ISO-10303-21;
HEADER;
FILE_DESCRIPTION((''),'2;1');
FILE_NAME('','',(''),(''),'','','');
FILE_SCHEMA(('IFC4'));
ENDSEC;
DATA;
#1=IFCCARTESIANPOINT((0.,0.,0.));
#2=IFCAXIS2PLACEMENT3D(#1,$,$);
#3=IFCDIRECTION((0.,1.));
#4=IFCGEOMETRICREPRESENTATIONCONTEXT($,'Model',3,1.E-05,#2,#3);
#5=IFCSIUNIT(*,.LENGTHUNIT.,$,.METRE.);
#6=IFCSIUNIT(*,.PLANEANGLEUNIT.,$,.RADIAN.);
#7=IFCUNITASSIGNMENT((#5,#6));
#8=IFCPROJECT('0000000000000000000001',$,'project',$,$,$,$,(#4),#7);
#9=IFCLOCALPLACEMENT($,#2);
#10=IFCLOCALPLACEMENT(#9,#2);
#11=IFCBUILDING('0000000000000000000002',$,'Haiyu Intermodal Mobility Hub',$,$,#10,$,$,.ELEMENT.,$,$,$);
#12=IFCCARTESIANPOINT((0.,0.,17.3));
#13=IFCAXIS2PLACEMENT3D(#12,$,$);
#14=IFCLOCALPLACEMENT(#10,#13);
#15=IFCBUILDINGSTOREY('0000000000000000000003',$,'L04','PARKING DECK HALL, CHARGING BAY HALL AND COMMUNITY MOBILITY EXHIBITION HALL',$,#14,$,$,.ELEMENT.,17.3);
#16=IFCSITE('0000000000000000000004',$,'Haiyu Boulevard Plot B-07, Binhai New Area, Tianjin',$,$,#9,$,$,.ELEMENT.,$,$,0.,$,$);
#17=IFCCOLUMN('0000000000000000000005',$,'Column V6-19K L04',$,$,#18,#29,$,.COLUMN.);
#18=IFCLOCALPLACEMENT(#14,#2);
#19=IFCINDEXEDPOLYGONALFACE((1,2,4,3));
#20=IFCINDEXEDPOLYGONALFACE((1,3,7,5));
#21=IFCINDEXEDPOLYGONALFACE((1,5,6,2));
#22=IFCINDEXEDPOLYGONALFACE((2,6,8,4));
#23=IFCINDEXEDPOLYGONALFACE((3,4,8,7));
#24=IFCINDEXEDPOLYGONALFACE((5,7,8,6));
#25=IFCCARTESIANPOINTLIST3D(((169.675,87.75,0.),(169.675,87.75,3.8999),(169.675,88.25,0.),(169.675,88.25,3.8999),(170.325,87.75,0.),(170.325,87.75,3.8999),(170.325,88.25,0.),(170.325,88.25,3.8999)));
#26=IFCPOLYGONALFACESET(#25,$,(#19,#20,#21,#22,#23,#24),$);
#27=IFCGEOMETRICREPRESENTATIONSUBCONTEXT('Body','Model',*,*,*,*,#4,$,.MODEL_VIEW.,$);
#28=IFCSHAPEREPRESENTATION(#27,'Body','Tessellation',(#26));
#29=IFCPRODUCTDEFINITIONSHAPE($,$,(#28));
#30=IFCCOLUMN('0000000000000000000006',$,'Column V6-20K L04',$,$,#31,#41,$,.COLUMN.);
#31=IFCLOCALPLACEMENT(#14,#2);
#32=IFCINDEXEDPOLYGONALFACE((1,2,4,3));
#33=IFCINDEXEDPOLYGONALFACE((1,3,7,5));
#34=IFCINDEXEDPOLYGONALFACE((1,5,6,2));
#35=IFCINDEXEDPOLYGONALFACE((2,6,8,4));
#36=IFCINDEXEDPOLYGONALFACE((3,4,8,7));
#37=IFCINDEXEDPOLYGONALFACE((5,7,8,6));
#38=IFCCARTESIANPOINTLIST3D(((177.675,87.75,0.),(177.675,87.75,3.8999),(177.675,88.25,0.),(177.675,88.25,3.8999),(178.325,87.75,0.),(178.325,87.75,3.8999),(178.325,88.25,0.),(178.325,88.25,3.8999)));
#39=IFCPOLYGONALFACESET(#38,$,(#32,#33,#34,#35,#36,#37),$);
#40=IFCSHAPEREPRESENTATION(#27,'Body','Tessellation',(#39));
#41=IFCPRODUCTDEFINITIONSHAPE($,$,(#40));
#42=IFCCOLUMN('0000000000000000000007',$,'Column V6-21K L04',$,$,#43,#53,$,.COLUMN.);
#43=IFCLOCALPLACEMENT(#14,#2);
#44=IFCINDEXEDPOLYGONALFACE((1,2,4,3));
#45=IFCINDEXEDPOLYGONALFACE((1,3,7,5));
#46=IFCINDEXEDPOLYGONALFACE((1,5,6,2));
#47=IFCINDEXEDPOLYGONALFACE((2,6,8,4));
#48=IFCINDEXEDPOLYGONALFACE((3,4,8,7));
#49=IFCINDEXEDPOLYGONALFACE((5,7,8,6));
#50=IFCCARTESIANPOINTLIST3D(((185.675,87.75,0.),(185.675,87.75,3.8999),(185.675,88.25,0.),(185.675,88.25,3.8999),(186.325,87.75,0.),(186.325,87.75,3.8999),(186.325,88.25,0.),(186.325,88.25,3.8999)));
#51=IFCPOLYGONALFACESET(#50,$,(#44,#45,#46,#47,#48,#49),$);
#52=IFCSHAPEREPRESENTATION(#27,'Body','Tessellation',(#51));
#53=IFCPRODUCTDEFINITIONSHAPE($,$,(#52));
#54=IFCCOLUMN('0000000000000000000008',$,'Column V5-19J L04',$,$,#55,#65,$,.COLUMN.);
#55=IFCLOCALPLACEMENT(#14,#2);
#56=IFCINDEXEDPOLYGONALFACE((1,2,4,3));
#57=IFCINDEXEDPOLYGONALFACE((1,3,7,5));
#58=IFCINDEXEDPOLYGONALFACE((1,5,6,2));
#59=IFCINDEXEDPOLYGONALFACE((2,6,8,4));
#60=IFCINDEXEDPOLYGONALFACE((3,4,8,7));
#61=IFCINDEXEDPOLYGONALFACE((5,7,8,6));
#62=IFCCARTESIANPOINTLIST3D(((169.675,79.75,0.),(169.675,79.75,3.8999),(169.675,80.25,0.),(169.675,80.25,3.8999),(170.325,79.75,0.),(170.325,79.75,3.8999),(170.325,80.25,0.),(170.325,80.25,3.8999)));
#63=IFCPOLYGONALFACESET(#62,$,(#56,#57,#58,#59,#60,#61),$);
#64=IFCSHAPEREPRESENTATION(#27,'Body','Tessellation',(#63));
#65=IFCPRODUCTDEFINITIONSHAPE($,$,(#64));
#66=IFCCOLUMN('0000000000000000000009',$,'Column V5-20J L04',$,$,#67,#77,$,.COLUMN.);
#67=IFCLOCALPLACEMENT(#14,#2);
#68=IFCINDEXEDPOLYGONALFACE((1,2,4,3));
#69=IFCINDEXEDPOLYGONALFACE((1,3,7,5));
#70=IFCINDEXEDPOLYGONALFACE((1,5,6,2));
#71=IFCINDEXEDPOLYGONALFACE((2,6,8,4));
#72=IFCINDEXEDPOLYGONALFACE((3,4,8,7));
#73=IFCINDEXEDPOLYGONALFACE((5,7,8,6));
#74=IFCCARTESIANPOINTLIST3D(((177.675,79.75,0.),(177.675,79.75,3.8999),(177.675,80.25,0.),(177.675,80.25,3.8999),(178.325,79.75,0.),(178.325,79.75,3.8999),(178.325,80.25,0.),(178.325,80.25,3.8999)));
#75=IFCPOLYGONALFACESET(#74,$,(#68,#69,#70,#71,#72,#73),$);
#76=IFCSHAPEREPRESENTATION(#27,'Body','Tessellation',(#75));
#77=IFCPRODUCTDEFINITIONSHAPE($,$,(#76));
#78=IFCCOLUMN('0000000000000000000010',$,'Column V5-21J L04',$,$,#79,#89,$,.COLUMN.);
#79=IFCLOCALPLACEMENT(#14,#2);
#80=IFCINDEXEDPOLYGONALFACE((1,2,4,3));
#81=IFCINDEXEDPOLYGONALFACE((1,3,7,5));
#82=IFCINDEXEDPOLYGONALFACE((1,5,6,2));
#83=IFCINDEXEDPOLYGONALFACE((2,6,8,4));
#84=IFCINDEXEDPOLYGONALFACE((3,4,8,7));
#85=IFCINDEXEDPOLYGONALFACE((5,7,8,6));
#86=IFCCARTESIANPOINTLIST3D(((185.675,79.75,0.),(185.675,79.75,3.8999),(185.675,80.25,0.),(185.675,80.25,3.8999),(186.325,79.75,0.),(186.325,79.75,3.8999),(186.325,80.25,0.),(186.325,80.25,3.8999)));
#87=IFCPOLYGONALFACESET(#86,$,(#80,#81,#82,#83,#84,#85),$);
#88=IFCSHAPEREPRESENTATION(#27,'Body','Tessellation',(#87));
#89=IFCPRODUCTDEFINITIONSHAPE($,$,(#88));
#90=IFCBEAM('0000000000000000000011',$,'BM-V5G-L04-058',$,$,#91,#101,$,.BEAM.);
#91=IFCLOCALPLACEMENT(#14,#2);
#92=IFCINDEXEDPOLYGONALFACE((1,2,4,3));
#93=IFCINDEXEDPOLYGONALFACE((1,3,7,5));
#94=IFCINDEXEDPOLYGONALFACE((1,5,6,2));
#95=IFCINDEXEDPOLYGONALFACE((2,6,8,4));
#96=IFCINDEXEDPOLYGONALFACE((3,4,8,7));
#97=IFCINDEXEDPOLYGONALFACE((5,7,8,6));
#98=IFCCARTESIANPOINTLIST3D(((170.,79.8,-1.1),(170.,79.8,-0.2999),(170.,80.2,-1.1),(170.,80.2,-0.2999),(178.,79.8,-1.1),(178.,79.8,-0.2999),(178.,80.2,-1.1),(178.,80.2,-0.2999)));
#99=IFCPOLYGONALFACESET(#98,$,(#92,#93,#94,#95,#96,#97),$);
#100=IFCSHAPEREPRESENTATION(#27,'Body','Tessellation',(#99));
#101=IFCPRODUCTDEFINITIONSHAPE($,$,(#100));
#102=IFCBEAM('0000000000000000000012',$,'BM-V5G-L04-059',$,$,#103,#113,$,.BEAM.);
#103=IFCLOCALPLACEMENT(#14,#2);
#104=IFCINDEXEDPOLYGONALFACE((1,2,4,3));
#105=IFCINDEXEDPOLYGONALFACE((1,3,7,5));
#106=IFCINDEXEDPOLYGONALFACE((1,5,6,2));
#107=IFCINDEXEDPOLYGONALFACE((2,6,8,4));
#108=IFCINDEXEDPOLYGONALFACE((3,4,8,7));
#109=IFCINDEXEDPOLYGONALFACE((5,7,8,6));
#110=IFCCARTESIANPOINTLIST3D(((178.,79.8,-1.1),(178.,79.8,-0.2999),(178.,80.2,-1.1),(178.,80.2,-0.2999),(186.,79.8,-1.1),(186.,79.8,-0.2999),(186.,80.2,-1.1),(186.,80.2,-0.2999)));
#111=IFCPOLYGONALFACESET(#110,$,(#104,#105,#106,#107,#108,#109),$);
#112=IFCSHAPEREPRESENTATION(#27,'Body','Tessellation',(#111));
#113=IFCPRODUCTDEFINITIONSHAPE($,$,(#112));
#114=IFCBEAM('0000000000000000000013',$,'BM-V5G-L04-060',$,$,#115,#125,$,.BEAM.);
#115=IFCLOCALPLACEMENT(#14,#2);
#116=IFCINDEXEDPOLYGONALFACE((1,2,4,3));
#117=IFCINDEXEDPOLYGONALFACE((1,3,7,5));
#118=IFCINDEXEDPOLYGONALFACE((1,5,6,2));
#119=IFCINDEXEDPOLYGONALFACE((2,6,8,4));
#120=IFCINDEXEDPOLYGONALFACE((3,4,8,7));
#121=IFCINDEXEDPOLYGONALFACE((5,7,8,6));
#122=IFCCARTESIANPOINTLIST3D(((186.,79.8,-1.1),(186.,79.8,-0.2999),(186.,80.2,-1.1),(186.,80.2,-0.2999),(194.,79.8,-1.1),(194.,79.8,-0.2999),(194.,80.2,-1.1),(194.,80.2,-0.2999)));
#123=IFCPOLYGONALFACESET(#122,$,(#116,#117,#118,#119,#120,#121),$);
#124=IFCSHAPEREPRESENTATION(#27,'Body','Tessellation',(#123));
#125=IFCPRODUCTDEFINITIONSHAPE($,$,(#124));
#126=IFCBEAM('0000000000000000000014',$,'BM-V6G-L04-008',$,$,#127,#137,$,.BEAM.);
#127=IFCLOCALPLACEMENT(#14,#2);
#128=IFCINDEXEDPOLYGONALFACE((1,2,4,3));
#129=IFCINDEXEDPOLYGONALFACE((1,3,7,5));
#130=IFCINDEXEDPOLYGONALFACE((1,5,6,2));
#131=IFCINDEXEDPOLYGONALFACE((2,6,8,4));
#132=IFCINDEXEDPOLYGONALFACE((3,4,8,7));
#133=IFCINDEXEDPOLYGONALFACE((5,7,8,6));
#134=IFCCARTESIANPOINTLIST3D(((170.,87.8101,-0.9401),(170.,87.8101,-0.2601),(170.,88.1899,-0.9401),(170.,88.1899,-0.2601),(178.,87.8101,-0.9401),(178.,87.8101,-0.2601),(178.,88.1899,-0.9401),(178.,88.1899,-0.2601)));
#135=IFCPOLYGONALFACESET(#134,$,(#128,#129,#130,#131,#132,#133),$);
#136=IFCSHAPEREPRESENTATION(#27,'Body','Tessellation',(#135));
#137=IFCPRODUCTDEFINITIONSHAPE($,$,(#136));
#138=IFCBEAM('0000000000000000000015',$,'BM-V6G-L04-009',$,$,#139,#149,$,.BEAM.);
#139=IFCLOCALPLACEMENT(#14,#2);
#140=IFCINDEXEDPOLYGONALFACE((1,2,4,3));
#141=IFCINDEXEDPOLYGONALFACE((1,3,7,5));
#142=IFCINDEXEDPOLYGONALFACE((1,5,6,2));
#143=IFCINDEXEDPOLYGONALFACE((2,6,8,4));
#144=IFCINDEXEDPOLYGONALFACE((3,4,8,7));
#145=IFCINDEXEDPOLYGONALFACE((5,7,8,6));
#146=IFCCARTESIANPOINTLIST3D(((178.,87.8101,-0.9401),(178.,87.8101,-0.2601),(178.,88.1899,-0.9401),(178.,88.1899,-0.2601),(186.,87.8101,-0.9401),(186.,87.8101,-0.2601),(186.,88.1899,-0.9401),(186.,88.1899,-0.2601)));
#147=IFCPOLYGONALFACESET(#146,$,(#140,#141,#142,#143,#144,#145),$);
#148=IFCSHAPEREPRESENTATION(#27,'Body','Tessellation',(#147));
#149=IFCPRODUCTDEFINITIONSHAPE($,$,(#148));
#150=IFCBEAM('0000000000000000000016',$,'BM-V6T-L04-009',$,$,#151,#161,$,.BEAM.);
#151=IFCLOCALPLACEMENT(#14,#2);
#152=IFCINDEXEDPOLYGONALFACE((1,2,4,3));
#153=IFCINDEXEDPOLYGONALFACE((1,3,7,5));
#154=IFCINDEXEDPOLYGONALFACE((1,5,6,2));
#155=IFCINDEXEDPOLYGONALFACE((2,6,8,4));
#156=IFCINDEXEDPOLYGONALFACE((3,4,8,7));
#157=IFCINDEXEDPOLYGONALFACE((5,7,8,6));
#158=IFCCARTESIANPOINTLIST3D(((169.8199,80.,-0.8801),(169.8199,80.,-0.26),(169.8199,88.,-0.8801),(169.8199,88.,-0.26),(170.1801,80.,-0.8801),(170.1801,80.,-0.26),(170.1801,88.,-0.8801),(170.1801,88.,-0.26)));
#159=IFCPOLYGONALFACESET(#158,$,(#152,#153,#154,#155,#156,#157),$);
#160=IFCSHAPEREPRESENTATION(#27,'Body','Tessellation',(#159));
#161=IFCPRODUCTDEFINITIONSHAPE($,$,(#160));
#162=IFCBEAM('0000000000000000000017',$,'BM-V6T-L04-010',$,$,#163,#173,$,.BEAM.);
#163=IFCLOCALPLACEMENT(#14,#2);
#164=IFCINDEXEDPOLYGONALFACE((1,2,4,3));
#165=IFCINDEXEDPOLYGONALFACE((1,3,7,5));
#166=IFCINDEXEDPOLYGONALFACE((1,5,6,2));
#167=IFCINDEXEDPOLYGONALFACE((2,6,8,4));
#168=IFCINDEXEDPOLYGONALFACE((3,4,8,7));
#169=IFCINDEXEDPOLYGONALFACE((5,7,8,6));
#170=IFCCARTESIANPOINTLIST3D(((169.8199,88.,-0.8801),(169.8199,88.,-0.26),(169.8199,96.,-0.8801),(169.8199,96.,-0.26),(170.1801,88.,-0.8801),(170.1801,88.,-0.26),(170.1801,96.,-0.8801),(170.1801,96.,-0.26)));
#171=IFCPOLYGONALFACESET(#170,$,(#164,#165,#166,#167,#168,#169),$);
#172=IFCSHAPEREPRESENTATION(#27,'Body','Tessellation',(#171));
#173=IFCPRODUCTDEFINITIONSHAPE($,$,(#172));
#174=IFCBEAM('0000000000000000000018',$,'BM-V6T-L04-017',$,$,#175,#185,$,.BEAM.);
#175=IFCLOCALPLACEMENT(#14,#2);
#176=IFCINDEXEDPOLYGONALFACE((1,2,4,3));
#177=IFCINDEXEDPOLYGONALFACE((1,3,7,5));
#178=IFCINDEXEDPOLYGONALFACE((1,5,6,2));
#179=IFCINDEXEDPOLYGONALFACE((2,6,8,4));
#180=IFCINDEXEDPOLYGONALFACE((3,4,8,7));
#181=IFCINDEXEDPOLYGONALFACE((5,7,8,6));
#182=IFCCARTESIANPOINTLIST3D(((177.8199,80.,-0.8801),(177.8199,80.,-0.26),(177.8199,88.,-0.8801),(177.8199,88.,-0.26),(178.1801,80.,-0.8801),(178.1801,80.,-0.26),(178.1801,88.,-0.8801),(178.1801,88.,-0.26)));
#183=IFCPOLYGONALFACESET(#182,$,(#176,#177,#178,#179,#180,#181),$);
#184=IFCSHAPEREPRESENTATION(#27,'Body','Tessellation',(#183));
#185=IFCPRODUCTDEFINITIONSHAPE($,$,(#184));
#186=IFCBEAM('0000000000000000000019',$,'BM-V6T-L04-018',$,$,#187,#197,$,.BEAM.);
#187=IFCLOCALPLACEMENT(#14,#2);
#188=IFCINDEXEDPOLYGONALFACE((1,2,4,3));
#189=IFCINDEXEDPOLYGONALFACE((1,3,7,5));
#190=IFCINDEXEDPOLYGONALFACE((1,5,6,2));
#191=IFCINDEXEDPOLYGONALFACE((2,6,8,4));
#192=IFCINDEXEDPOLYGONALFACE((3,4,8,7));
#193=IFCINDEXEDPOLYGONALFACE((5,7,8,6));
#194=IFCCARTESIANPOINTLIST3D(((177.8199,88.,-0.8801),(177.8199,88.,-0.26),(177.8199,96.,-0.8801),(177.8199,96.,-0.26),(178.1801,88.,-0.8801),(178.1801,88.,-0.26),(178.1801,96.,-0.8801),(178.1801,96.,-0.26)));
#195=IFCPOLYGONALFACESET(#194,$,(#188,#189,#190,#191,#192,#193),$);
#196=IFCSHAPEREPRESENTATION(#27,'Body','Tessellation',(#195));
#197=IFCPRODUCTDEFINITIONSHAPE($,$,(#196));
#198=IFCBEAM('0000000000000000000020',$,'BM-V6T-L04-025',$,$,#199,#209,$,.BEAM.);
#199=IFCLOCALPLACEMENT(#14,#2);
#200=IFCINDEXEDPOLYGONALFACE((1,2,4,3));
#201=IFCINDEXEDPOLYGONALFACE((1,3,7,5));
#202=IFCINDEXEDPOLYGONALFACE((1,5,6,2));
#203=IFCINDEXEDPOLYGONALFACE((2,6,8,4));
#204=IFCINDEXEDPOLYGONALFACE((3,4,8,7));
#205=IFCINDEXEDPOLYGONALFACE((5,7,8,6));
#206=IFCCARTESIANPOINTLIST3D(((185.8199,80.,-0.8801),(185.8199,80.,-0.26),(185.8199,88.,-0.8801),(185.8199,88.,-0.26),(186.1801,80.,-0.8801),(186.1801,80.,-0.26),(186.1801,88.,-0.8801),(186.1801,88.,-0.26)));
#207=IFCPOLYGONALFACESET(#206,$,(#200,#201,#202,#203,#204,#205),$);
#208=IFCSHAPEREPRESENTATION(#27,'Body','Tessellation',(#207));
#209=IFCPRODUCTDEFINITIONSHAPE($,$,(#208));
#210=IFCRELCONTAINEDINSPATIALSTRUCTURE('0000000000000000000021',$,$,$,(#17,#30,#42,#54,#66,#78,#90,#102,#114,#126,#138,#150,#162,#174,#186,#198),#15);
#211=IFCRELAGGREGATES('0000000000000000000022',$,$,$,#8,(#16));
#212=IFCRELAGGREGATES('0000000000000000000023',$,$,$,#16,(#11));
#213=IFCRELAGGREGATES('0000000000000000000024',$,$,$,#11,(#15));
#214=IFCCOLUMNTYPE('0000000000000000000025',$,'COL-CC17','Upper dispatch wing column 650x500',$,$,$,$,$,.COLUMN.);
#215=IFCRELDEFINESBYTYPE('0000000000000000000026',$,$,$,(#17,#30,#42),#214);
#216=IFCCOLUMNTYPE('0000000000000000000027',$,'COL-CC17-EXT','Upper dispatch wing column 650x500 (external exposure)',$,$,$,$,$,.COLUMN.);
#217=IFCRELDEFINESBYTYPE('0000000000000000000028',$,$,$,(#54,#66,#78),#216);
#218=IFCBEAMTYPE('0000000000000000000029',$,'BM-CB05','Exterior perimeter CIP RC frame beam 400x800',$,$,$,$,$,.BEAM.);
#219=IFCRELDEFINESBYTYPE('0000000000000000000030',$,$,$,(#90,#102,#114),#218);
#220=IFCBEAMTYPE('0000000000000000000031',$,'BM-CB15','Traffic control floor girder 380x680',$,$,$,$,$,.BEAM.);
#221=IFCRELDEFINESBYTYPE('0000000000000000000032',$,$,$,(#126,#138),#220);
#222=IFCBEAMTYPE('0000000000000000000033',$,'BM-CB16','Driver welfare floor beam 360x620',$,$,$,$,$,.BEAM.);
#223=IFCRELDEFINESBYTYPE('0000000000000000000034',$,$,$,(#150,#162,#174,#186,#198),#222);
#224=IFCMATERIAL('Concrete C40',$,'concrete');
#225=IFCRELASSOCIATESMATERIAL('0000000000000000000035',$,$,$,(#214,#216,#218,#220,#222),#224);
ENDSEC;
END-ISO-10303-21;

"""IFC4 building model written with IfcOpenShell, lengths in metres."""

from ifc_helpers import new_model, si_unit, direction, frame, origin, origin_2d, place, context, subcontext, project, spatial, rectangle, extrude, material, material_profile, profile_set, type_object, element, save


model = new_model("IFC4")

# Units and contexts
model_context = context("Model", 3, precision=1e-05, world=origin(), true_north=direction((0.0, 1.0)))
body_context = subcontext(model_context, "Body", "Model", "MODEL_VIEW")
ifc_project = project(units=[si_unit("LENGTHUNIT", "METRE"), si_unit("PLANEANGLEUNIT", "RADIAN")], contexts=[model_context])

# Site, building, storey
site_placement = place(None, origin())
site = spatial("IfcSite", under=ifc_project, at=site_placement, Name="Haiyu Boulevard Plot B-07, Binhai New Area, Tianjin", CompositionType="ELEMENT", RefElevation=0.0)
building_placement = place(site_placement, origin())
building = spatial("IfcBuilding", under=site, at=building_placement, Name="Haiyu Intermodal Mobility Hub", CompositionType="ELEMENT")
storey_placement = place(building_placement, frame((0.0, 0.0, 17.3)))
storey = spatial("IfcBuildingStorey", under=building, at=storey_placement, Name="L04", Description="PARKING DECK HALL, CHARGING BAY HALL AND COMMUNITY MOBILITY EXHIBITION HALL", CompositionType="ELEMENT", Elevation=17.3)

# Columns
ifc_material_1 = material(Name="Concrete C40", Category="concrete")
ifc_material_profile_1 = material_profile(ifc_material_1, rectangle(XDim=0.6499, YDim=0.5, at=origin_2d()), Name="C650x500")
ifc_profile_set_1 = profile_set([ifc_material_profile_1], Name="Concrete C40")
column_type_1 = type_object("IfcColumnType", Name="COL-CC17", Description="Upper dispatch wing column 650x500", PredefinedType="COLUMN", material=ifc_profile_set_1)
for number, where, z_axis, x_axis, name in (
    (1, (170.0, 88.0, 0.0), (0.0, 0.0, 1.0), (1.0, 0.0, 0.0), "Column V6-19K L04"),
    (2, (178.0, 88.0, 0.0), (0.0, 0.0, 1.0), (1.0, 0.0, 0.0), "Column V6-20K L04"),
    (3, (186.0, 88.0, 0.0), (0.0, 0.0, 1.0), (1.0, 0.0, 0.0), "Column V6-21K L04"),
):
    element("IfcColumn", number, at=place(storey_placement, frame(where, z_axis=z_axis, x_axis=x_axis)), inside=storey, type_object=column_type_1, Name=name, PredefinedType="COLUMN", context=body_context, shape_type="SweptSolid", body=[
        extrude(rectangle(XDim=0.6499, YDim=0.5, at=origin_2d()), origin(), (0.0, 0.0, 1.0), 3.8999),
    ])
ifc_material_profile_2 = material_profile(ifc_material_1, rectangle(XDim=0.6499, YDim=0.5, at=origin_2d()), Name="C650x500")
ifc_profile_set_2 = profile_set([ifc_material_profile_2], Name="Concrete C40")
column_type_2 = type_object("IfcColumnType", Name="COL-CC17-EXT", Description="Upper dispatch wing column 650x500 (external exposure)", PredefinedType="COLUMN", material=ifc_profile_set_2)
for number, where, z_axis, x_axis, name in (
    (4, (170.0, 80.0, 0.0), (0.0, 0.0, 1.0), (1.0, 0.0, 0.0), "Column V5-19J L04"),
    (5, (178.0, 80.0, 0.0), (0.0, 0.0, 1.0), (1.0, 0.0, 0.0), "Column V5-20J L04"),
    (6, (186.0, 80.0, 0.0), (0.0, 0.0, 1.0), (1.0, 0.0, 0.0), "Column V5-21J L04"),
):
    element("IfcColumn", number, at=place(storey_placement, frame(where, z_axis=z_axis, x_axis=x_axis)), inside=storey, type_object=column_type_2, Name=name, PredefinedType="COLUMN", context=body_context, shape_type="SweptSolid", body=[
        extrude(rectangle(XDim=0.6499, YDim=0.5, at=origin_2d()), origin(), (0.0, 0.0, 1.0), 3.8999),
    ])

# Beams
ifc_material_profile_3 = material_profile(ifc_material_1, rectangle(XDim=0.3999, YDim=0.8, at=origin_2d()), Name="RCB400x800")
ifc_profile_set_3 = profile_set([ifc_material_profile_3], Name="Concrete C40")
beam_type_1 = type_object("IfcBeamType", Name="BM-CB05", Description="Exterior perimeter CIP RC frame beam 400x800", PredefinedType="BEAM", material=ifc_profile_set_3)
for number, where, z_axis, x_axis, name in (
    (7, (170.0, 80.0, -0.7), (1.0, 0.0, 0.0), (0.0, 1.0, 0.0), "BM-V5G-L04-058"),
    (8, (178.0, 80.0, -0.7), (1.0, 0.0, 0.0), (0.0, 1.0, 0.0), "BM-V5G-L04-059"),
    (9, (186.0, 80.0, -0.7), (1.0, 0.0, 0.0), (0.0, 1.0, 0.0), "BM-V5G-L04-060"),
):
    element("IfcBeam", number, at=place(storey_placement, frame(where, z_axis=z_axis, x_axis=x_axis)), inside=storey, type_object=beam_type_1, Name=name, PredefinedType="BEAM", context=body_context, shape_type="SweptSolid", body=[
        extrude(rectangle(XDim=0.3999, YDim=0.8, at=origin_2d()), origin(), (0.0, 0.0, 1.0), 8.0),
    ])
ifc_material_profile_4 = material_profile(ifc_material_1, rectangle(XDim=0.3799, YDim=0.6799, at=origin_2d()), Name="B380x680")
ifc_profile_set_4 = profile_set([ifc_material_profile_4], Name="Concrete C40")
beam_type_2 = type_object("IfcBeamType", Name="BM-CB15", Description="Traffic control floor girder 380x680", PredefinedType="BEAM", material=ifc_profile_set_4)
for number, where, z_axis, x_axis, name in (
    (10, (170.0, 88.0, -0.6001), (1.0, 0.0, 0.0), (0.0, 1.0, 0.0), "BM-V6G-L04-008"),
    (11, (178.0, 88.0, -0.6001), (1.0, 0.0, 0.0), (0.0, 1.0, 0.0), "BM-V6G-L04-009"),
):
    element("IfcBeam", number, at=place(storey_placement, frame(where, z_axis=z_axis, x_axis=x_axis)), inside=storey, type_object=beam_type_2, Name=name, PredefinedType="BEAM", context=body_context, shape_type="SweptSolid", body=[
        extrude(rectangle(XDim=0.3799, YDim=0.6799, at=origin_2d()), origin(), (0.0, 0.0, 1.0), 8.0),
    ])
ifc_material_profile_5 = material_profile(ifc_material_1, rectangle(XDim=0.3601, YDim=0.6201, at=origin_2d()), Name="B360x620")
ifc_profile_set_5 = profile_set([ifc_material_profile_5], Name="Concrete C40")
beam_type_3 = type_object("IfcBeamType", Name="BM-CB16", Description="Driver welfare floor beam 360x620", PredefinedType="BEAM", material=ifc_profile_set_5)
for number, where, z_axis, x_axis, name in (
    (12, (170.0, 80.0, -0.5701), (0.0, 1.0, 0.0), (-1.0, 0.0, 0.0), "BM-V6T-L04-009"),
    (13, (170.0, 88.0, -0.5701), (0.0, 1.0, 0.0), (-1.0, 0.0, 0.0), "BM-V6T-L04-010"),
    (14, (178.0, 80.0, -0.5701), (0.0, 1.0, 0.0), (-1.0, 0.0, 0.0), "BM-V6T-L04-017"),
    (15, (178.0, 88.0, -0.5701), (0.0, 1.0, 0.0), (-1.0, 0.0, 0.0), "BM-V6T-L04-018"),
    (16, (186.0, 80.0, -0.5701), (0.0, 1.0, 0.0), (-1.0, 0.0, 0.0), "BM-V6T-L04-025"),
):
    element("IfcBeam", number, at=place(storey_placement, frame(where, z_axis=z_axis, x_axis=x_axis)), inside=storey, type_object=beam_type_3, Name=name, PredefinedType="BEAM", context=body_context, shape_type="SweptSolid", body=[
        extrude(rectangle(XDim=0.3601, YDim=0.6201, at=origin_2d()), origin(), (0.0, 0.0, 1.0), 8.0),
    ])

save(model, "model.ifc")
